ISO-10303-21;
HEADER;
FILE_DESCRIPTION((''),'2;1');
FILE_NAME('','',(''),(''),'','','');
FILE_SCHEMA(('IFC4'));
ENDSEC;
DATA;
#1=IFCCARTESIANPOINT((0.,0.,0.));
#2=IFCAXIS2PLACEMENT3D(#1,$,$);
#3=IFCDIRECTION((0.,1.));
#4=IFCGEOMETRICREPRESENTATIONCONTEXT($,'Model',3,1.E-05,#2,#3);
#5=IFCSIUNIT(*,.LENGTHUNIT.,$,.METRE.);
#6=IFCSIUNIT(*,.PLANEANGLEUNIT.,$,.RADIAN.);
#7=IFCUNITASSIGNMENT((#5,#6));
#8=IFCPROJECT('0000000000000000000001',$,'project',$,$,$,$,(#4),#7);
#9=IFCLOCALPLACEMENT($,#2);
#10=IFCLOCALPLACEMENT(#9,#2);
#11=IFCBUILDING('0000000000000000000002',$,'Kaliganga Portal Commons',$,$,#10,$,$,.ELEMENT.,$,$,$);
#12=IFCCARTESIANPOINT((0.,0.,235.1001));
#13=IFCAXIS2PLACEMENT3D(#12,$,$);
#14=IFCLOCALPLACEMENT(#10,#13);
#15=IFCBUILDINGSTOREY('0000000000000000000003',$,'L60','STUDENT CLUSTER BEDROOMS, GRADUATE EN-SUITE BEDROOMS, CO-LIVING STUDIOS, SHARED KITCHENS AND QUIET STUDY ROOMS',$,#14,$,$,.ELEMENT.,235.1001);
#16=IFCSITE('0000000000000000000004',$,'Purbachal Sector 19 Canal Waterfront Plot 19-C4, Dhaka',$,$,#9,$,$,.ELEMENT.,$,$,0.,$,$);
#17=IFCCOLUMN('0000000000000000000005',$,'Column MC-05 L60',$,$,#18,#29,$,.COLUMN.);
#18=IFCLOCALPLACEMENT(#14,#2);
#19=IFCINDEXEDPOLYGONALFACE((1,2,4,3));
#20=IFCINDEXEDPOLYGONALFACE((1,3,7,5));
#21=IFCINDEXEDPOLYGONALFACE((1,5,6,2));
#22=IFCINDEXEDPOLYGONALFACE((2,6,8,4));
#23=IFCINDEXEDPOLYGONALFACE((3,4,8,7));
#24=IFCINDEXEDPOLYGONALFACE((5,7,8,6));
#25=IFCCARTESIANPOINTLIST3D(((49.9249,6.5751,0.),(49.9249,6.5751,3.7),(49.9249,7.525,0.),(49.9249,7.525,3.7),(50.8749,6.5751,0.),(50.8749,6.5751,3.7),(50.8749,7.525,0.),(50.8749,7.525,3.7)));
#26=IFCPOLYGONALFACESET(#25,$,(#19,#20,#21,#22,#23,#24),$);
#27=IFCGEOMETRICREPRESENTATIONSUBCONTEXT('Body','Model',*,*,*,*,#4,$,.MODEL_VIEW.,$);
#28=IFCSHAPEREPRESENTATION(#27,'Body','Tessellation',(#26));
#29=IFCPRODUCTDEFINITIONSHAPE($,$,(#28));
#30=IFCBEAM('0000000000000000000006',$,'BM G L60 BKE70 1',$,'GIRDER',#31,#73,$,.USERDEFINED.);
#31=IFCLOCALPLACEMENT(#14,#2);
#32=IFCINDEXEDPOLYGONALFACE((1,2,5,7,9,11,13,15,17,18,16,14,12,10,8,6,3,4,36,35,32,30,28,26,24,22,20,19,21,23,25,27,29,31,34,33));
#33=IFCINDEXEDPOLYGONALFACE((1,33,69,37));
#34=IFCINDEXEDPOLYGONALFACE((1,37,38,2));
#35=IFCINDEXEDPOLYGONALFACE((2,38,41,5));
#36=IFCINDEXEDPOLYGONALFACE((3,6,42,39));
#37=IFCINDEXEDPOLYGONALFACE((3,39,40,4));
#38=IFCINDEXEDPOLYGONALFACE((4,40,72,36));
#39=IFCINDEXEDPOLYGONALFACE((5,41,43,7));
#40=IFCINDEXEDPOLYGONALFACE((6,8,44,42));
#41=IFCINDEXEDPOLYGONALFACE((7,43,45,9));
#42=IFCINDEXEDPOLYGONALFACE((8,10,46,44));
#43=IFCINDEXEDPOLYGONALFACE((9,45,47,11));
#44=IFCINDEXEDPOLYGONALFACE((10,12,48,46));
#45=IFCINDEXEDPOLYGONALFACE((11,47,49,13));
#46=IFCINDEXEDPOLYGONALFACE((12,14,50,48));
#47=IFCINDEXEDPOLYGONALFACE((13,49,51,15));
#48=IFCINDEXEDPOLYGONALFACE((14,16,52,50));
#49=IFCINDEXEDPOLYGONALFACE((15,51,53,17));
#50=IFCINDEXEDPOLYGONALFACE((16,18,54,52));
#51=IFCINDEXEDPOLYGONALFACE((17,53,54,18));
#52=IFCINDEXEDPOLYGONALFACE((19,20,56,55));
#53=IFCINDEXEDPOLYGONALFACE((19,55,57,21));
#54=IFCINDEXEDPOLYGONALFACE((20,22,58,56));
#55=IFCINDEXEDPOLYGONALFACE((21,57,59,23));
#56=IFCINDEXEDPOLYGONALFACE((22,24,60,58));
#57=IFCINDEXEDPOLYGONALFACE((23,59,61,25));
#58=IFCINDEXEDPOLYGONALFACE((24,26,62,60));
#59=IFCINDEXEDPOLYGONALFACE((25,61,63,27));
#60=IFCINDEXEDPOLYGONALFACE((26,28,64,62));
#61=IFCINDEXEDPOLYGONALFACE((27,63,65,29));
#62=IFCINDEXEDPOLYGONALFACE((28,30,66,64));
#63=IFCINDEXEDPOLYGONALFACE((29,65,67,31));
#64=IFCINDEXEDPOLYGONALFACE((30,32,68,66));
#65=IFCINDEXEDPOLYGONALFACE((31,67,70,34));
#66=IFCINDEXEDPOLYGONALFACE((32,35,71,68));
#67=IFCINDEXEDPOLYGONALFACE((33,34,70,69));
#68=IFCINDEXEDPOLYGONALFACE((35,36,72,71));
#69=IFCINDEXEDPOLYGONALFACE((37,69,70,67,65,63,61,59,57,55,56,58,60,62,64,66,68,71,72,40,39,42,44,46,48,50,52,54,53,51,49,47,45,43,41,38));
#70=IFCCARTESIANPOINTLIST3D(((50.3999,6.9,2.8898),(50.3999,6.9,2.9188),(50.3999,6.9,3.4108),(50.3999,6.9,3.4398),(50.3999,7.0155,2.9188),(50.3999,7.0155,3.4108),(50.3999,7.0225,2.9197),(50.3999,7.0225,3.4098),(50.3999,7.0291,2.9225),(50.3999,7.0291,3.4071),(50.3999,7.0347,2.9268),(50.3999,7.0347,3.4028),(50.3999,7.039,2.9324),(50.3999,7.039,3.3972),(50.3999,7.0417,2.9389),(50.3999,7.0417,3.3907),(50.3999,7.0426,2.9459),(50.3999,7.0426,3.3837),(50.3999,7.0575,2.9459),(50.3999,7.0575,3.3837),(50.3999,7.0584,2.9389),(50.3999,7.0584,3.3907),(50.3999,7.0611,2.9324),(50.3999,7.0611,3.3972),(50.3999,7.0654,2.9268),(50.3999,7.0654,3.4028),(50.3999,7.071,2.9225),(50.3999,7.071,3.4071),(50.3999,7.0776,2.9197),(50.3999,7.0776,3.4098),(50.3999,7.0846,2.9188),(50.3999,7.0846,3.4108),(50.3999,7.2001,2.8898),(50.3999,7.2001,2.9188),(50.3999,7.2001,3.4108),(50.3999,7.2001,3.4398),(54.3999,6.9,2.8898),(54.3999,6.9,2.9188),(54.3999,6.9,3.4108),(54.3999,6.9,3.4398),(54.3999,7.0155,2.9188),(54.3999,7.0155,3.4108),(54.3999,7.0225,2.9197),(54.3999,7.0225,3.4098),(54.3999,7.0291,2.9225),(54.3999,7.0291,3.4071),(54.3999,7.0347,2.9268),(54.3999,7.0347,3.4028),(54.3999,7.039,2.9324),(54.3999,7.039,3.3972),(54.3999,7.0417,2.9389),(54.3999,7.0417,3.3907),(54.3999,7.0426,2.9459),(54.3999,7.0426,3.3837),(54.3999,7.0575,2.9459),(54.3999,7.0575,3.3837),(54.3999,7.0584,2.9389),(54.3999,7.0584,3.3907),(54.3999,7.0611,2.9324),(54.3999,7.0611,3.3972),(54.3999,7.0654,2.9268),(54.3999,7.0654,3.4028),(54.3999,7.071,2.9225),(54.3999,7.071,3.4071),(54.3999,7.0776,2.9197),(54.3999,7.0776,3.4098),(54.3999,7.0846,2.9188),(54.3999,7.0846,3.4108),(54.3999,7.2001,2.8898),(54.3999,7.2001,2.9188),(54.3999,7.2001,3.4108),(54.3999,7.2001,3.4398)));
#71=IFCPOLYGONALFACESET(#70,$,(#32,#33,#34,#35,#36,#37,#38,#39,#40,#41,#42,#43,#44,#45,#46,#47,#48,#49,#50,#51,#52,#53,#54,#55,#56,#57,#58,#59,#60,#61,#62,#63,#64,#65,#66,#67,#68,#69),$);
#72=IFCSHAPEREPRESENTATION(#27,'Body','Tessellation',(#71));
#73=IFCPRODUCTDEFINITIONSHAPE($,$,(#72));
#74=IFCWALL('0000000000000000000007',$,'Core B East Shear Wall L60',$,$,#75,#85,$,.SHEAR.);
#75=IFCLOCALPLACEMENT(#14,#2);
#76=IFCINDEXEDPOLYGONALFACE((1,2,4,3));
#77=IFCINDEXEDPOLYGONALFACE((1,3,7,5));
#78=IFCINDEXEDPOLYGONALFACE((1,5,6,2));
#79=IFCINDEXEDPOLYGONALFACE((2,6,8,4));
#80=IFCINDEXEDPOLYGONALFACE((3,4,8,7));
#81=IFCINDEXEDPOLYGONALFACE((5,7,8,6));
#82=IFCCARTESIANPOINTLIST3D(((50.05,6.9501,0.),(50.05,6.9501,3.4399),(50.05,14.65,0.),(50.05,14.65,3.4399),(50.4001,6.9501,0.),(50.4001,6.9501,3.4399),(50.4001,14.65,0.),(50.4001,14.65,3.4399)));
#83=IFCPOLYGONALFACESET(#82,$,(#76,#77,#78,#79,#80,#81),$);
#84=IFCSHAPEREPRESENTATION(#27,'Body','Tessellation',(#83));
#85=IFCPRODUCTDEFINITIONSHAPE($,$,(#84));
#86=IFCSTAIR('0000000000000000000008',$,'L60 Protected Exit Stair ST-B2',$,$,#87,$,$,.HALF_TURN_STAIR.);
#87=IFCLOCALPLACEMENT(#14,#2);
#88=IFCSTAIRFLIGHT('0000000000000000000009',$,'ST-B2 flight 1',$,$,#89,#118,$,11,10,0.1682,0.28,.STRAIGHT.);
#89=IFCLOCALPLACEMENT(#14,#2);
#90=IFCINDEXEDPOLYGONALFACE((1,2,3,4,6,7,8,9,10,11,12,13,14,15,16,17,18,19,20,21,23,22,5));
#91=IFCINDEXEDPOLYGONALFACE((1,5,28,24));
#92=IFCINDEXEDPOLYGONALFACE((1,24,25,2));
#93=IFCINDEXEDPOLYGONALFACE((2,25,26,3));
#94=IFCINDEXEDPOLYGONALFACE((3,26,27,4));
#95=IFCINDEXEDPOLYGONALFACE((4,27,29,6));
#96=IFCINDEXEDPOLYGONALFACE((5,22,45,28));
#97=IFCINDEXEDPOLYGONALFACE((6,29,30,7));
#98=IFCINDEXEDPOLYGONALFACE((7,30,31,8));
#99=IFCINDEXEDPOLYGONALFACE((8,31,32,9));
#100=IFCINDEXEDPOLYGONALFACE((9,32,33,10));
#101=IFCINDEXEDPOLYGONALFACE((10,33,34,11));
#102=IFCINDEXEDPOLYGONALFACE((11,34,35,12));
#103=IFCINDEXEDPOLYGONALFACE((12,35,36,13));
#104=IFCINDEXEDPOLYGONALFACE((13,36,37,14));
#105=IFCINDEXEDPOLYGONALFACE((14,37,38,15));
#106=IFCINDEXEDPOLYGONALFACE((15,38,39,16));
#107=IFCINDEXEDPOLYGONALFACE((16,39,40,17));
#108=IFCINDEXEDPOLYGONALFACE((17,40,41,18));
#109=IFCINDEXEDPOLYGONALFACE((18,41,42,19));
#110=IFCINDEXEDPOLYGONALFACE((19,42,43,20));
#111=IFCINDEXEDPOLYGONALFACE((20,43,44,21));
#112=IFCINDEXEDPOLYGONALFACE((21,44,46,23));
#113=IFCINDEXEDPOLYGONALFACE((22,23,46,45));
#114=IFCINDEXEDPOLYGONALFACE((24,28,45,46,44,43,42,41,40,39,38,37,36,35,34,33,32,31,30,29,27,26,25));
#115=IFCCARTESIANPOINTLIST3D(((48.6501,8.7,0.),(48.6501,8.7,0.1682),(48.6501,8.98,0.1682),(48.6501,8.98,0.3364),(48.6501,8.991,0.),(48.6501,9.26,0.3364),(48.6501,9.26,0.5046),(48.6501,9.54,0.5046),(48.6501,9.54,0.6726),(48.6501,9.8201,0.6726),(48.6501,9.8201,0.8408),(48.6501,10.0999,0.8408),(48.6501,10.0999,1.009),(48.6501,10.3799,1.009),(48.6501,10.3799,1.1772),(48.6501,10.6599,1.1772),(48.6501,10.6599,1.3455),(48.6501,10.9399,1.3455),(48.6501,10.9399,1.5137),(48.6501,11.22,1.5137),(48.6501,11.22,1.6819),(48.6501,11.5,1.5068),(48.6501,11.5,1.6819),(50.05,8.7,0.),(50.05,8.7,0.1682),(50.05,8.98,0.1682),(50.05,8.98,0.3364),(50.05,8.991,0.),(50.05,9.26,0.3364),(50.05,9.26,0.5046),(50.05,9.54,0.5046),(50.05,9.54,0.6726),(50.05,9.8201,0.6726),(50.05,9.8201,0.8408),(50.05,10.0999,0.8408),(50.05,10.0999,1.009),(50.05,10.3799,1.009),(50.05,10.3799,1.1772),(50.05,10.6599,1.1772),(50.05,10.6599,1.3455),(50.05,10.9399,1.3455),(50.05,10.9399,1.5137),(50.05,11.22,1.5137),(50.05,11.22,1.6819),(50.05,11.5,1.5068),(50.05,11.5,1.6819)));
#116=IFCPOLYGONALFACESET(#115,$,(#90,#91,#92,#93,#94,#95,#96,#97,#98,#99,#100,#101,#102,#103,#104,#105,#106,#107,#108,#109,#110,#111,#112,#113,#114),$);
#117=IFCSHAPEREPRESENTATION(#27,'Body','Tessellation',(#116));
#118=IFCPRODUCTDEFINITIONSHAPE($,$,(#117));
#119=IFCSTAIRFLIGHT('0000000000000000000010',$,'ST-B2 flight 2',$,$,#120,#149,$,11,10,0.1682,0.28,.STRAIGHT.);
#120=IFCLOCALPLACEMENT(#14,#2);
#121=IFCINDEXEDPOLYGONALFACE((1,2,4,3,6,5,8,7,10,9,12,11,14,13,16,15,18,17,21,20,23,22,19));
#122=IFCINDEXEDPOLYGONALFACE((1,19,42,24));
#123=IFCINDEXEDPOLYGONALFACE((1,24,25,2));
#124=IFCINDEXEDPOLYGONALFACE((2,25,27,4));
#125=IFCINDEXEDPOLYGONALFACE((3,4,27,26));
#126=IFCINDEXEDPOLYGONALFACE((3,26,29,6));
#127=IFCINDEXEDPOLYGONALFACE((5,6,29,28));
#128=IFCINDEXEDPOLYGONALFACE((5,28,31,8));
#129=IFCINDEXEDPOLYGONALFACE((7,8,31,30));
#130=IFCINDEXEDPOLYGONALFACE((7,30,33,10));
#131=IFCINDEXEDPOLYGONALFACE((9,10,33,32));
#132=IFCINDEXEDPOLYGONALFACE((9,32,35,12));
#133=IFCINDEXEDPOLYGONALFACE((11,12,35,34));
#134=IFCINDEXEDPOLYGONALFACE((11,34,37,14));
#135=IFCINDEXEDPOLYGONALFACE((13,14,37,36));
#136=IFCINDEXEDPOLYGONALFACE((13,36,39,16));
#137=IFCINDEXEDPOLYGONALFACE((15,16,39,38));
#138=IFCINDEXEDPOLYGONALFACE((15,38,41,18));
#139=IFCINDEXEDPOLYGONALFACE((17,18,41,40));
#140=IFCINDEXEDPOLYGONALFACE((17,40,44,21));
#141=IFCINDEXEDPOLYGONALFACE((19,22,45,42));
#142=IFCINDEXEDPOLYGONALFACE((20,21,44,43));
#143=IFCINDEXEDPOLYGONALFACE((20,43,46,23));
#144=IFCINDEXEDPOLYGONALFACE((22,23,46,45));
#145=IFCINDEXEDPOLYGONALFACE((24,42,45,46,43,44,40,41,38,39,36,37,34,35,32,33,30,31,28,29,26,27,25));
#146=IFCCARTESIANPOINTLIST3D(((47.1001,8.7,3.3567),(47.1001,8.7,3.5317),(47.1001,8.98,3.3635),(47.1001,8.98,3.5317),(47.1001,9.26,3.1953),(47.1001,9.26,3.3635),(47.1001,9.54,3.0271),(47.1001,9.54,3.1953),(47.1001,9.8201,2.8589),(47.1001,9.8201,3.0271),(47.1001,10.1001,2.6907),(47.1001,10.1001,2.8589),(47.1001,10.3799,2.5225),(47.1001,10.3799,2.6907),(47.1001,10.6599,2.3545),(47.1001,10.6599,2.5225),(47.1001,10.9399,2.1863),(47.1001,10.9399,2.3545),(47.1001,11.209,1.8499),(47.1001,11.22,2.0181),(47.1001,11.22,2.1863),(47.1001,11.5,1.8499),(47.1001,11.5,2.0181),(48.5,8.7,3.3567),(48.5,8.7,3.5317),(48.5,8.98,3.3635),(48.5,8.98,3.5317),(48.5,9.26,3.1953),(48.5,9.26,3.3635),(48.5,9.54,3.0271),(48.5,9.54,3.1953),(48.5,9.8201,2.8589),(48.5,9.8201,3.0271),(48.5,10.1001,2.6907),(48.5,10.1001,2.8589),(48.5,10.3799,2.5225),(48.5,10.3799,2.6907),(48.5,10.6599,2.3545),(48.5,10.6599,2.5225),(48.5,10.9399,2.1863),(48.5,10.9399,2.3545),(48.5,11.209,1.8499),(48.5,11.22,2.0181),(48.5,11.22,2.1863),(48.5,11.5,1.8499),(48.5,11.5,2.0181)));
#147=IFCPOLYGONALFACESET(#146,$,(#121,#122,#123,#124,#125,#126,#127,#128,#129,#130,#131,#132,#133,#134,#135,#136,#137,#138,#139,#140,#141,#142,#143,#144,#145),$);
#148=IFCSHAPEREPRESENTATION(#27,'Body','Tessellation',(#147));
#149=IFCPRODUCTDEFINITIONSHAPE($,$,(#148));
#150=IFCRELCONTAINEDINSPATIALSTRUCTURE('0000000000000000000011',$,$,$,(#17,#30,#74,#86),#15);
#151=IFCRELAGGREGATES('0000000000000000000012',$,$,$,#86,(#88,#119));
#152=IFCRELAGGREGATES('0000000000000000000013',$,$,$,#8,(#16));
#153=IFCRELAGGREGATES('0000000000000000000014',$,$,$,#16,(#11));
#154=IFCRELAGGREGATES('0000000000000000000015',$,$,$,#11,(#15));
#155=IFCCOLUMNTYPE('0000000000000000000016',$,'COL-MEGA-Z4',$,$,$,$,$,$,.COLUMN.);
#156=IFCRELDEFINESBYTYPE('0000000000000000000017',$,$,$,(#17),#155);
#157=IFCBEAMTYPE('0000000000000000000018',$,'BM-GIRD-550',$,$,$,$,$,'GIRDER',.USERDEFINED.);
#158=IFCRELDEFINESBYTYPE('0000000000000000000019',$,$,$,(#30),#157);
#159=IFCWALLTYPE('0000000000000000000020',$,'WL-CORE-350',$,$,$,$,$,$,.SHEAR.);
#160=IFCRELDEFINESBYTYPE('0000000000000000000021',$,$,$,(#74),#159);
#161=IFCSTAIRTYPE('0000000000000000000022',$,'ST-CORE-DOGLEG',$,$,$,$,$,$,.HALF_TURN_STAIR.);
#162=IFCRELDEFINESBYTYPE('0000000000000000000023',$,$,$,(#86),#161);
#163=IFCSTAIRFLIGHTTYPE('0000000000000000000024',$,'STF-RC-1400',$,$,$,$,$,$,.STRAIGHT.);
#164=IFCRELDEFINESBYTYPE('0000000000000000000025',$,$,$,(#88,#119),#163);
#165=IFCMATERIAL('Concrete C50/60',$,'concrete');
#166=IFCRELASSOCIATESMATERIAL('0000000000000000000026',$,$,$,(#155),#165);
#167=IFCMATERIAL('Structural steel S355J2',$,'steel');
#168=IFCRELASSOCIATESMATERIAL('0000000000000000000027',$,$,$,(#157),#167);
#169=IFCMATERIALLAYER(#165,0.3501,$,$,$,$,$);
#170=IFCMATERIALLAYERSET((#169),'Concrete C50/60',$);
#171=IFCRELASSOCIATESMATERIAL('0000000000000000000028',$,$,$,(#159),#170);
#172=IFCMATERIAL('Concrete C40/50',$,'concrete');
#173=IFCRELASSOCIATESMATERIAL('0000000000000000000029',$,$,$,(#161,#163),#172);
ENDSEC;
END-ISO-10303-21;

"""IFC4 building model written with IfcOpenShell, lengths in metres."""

from ifc_helpers import new_model, si_unit, direction, frame, frame_2d, origin, origin_2d, place, context, subcontext, project, spatial, polyline, rectangle, i_section, outline, extrude, source, transform, mapped, material, layer, layer_set, material_profile, profile_set, type_object, element, aggregate, save


model = new_model("IFC4")

# Units and contexts
model_context = context("Model", 3, precision=1e-05, world=origin(), true_north=direction((0.0, 1.0)))
body_context = subcontext(model_context, "Body", "Model", "MODEL_VIEW")
ifc_project = project(units=[si_unit("LENGTHUNIT", "METRE"), si_unit("PLANEANGLEUNIT", "RADIAN")], contexts=[model_context])

# Site, building, storey
site_placement = place(None, origin())
site = spatial("IfcSite", under=ifc_project, at=site_placement, Name="Purbachal Sector 19 Canal Waterfront Plot 19-C4, Dhaka", CompositionType="ELEMENT", RefElevation=0.0)
building_placement = place(site_placement, origin())
building = spatial("IfcBuilding", under=site, at=building_placement, Name="Kaliganga Portal Commons", CompositionType="ELEMENT")
storey_placement = place(building_placement, frame((0.0, 0.0, 235.1001)))
storey = spatial("IfcBuildingStorey", under=building, at=storey_placement, Name="L60", Description="STUDENT CLUSTER BEDROOMS, GRADUATE EN-SUITE BEDROOMS, CO-LIVING STUDIOS, SHARED KITCHENS AND QUIET STUDY ROOMS", CompositionType="ELEMENT", Elevation=235.1001)

# Column
ifc_material_1 = material(Name="Concrete C50/60", Category="concrete")
ifc_material_profile_1 = material_profile(ifc_material_1, rectangle(XDim=0.95, YDim=0.95, at=origin_2d()), Name="RC 950x950")
ifc_profile_set_1 = profile_set([ifc_material_profile_1], Name="Concrete C50/60")
column_type = type_object("IfcColumnType", Name="COL-MEGA-Z4", PredefinedType="COLUMN", material=ifc_profile_set_1)
shared_shape_1 = source(origin(), body_context, "Body", "SweptSolid", [
    extrude(rectangle(XDim=0.95, YDim=0.95, at=origin_2d()), origin(), (0.0, 0.0, 1.0), 3.7),
])
column_placement = place(storey_placement, frame((50.3999, 7.05, 0.0), z_axis=(0.0, 0.0, 1.0), x_axis=(1.0, 0.0, 0.0)))
element("IfcColumn", 1, at=column_placement, inside=storey, type_object=column_type, Name="Column MC-05 L60", PredefinedType="COLUMN", context=body_context, shape_type="MappedRepresentation", body=[
    mapped(shared_shape_1, transform((0.0, 0.0, 0.0), x_axis=(1.0, 0.0, 0.0), y_axis=(0.0, 1.0, 0.0), z_axis=(0.0, 0.0, 1.0), scale=1.0)),
])

# Beam
ifc_material_2 = material(Name="Structural steel S355J2", Category="steel")
ifc_material_profile_2 = material_profile(ifc_material_2, i_section(OverallWidth=0.3, OverallDepth=0.55, WebThickness=0.0149, FlangeThickness=0.0291, FilletRadius=0.0271, at=origin_2d()), Name="HE 550 B")
ifc_profile_set_2 = profile_set([ifc_material_profile_2], Name="Structural steel S355J2 wide-flange")
beam_type = type_object("IfcBeamType", Name="BM-GIRD-550", ElementType="GIRDER", PredefinedType="USERDEFINED", material=ifc_profile_set_2)
shared_shape_2 = source(origin(), body_context, "Body", "SweptSolid", [
    extrude(i_section(OverallWidth=0.3, OverallDepth=0.55, WebThickness=0.0149, FlangeThickness=0.0291, FilletRadius=0.0271, at=origin_2d()), origin(), (0.0, 0.0, 1.0), 4.0),
])
beam_placement = place(storey_placement, frame((50.3999, 7.05, 3.1648), z_axis=(1.0, 0.0, 0.0), x_axis=(0.0, 1.0, 0.0)))
element("IfcBeam", 2, at=beam_placement, inside=storey, type_object=beam_type, Name="BM G L60 BKE70 1", ObjectType="GIRDER", PredefinedType="USERDEFINED", context=body_context, shape_type="MappedRepresentation", body=[
    mapped(shared_shape_2, transform((0.0, 0.0, 0.0), x_axis=(1.0, 0.0, 0.0), y_axis=(0.0, 1.0, 0.0), z_axis=(0.0, 0.0, 1.0), scale=1.0)),
])

# Wall
ifc_layer_1 = layer(ifc_material_1, 0.3501)
ifc_layer_set_1 = layer_set([ifc_layer_1], Name="Concrete C50/60")
wall_type_1 = type_object("IfcWallType", Name="WL-CORE-350", PredefinedType="SHEAR", material=ifc_layer_set_1)
wall_1_placement = place(storey_placement, frame((50.2251, 6.95, 0.0), z_axis=(0.0, 0.0, 1.0), x_axis=(0.0, 1.0, 0.0)))
element("IfcWall", 3, at=wall_1_placement, inside=storey, type_object=wall_type_1, Name="Core B East Shear Wall L60", PredefinedType="SHEAR", context=body_context, shape_type="SweptSolid", body=[
    extrude(rectangle(XDim=7.7, YDim=0.3501, at=frame_2d((3.8501, 0.0))), origin(), (0.0, 0.0, 1.0), 3.4399),
])

# Stair, stair flights
ifc_material_3 = material(Name="Concrete C40/50", Category="concrete")
stair_type = type_object("IfcStairType", Name="ST-CORE-DOGLEG", PredefinedType="HALF_TURN_STAIR", material=ifc_material_3)
stair_placement = place(storey_placement, origin())
stair = element("IfcStair", 4, at=stair_placement, inside=storey, type_object=stair_type, Name="L60 Protected Exit Stair ST-B2", PredefinedType="HALF_TURN_STAIR")
stair_flight_type = type_object("IfcStairFlightType", Name="STF-RC-1400", PredefinedType="STRAIGHT", material=ifc_material_3)
stair_flight_1_placement = place(storey_placement, frame((49.3501, 8.7, 0.0), z_axis=(0.0, 0.0, 1.0), x_axis=(0.0, 1.0, 0.0)))
stair_flight_1 = element("IfcStairFlight", 5, at=stair_flight_1_placement, type_object=stair_flight_type, Name="ST-B2 flight 1", NumberOfRisers=11, NumberOfTreads=10, PredefinedType="STRAIGHT", RiserHeight=0.1682, TreadLength=0.28, context=body_context, shape_type="SweptSolid", body=[
    extrude(outline(polyline([(0.0, 0.0), (0.0, 0.1682), (0.28, 0.1682), (0.28, 0.3364), (0.5601, 0.3364), (0.5601, 0.5046), (0.8401, 0.5046), (0.8401, 0.6726), (1.1201, 0.6726), (1.1201, 0.8408), (1.3999, 0.8408), (1.3999, 1.009), (1.6799, 1.009), (1.6799, 1.1772), (1.96, 1.1772), (1.96, 1.3455), (2.24, 1.3455), (2.24, 1.5137), (2.52, 1.5137), (2.52, 1.6819), (2.8, 1.6819), (2.8, 1.8501), (2.8, 1.5068), (0.291, 0.0), (0.0, 0.0)])), frame((0.0, 0.7, 0.0), z_axis=(0.0, -1.0, 0.0), x_axis=(1.0, 0.0, 0.0)), (0.0, 0.0, 1.0), 1.3999),
])
stair_flight_2_placement = place(storey_placement, frame((47.8, 11.5, 1.8499), z_axis=(0.0, 0.0, 1.0), x_axis=(0.0, -1.0, 0.0)))
stair_flight_2 = element("IfcStairFlight", 6, at=stair_flight_2_placement, type_object=stair_flight_type, Name="ST-B2 flight 2", NumberOfRisers=11, NumberOfTreads=10, PredefinedType="STRAIGHT", RiserHeight=0.1682, TreadLength=0.28, context=body_context, shape_type="SweptSolid", body=[
    extrude(outline(polyline([(0.0, 0.0), (0.0, 0.1682), (0.28, 0.1682), (0.28, 0.3364), (0.5601, 0.3364), (0.5601, 0.5046), (0.8401, 0.5046), (0.8401, 0.6726), (1.1201, 0.6726), (1.1201, 0.8408), (1.3999, 0.8408), (1.3999, 1.009), (1.6799, 1.009), (1.6799, 1.1772), (1.96, 1.1772), (1.96, 1.3455), (2.24, 1.3455), (2.24, 1.5137), (2.52, 1.5137), (2.52, 1.6819), (2.8, 1.6819), (2.8, 1.8501), (2.8, 1.5068), (0.291, 0.0), (0.0, 0.0)])), frame((0.0, 0.7, 0.0), z_axis=(0.0, -1.0, 0.0), x_axis=(1.0, 0.0, 0.0)), (0.0, 0.0, 1.0), 1.3999),
])
aggregate(stair, [stair_flight_1, stair_flight_2])

save(model, "model.ifc")
